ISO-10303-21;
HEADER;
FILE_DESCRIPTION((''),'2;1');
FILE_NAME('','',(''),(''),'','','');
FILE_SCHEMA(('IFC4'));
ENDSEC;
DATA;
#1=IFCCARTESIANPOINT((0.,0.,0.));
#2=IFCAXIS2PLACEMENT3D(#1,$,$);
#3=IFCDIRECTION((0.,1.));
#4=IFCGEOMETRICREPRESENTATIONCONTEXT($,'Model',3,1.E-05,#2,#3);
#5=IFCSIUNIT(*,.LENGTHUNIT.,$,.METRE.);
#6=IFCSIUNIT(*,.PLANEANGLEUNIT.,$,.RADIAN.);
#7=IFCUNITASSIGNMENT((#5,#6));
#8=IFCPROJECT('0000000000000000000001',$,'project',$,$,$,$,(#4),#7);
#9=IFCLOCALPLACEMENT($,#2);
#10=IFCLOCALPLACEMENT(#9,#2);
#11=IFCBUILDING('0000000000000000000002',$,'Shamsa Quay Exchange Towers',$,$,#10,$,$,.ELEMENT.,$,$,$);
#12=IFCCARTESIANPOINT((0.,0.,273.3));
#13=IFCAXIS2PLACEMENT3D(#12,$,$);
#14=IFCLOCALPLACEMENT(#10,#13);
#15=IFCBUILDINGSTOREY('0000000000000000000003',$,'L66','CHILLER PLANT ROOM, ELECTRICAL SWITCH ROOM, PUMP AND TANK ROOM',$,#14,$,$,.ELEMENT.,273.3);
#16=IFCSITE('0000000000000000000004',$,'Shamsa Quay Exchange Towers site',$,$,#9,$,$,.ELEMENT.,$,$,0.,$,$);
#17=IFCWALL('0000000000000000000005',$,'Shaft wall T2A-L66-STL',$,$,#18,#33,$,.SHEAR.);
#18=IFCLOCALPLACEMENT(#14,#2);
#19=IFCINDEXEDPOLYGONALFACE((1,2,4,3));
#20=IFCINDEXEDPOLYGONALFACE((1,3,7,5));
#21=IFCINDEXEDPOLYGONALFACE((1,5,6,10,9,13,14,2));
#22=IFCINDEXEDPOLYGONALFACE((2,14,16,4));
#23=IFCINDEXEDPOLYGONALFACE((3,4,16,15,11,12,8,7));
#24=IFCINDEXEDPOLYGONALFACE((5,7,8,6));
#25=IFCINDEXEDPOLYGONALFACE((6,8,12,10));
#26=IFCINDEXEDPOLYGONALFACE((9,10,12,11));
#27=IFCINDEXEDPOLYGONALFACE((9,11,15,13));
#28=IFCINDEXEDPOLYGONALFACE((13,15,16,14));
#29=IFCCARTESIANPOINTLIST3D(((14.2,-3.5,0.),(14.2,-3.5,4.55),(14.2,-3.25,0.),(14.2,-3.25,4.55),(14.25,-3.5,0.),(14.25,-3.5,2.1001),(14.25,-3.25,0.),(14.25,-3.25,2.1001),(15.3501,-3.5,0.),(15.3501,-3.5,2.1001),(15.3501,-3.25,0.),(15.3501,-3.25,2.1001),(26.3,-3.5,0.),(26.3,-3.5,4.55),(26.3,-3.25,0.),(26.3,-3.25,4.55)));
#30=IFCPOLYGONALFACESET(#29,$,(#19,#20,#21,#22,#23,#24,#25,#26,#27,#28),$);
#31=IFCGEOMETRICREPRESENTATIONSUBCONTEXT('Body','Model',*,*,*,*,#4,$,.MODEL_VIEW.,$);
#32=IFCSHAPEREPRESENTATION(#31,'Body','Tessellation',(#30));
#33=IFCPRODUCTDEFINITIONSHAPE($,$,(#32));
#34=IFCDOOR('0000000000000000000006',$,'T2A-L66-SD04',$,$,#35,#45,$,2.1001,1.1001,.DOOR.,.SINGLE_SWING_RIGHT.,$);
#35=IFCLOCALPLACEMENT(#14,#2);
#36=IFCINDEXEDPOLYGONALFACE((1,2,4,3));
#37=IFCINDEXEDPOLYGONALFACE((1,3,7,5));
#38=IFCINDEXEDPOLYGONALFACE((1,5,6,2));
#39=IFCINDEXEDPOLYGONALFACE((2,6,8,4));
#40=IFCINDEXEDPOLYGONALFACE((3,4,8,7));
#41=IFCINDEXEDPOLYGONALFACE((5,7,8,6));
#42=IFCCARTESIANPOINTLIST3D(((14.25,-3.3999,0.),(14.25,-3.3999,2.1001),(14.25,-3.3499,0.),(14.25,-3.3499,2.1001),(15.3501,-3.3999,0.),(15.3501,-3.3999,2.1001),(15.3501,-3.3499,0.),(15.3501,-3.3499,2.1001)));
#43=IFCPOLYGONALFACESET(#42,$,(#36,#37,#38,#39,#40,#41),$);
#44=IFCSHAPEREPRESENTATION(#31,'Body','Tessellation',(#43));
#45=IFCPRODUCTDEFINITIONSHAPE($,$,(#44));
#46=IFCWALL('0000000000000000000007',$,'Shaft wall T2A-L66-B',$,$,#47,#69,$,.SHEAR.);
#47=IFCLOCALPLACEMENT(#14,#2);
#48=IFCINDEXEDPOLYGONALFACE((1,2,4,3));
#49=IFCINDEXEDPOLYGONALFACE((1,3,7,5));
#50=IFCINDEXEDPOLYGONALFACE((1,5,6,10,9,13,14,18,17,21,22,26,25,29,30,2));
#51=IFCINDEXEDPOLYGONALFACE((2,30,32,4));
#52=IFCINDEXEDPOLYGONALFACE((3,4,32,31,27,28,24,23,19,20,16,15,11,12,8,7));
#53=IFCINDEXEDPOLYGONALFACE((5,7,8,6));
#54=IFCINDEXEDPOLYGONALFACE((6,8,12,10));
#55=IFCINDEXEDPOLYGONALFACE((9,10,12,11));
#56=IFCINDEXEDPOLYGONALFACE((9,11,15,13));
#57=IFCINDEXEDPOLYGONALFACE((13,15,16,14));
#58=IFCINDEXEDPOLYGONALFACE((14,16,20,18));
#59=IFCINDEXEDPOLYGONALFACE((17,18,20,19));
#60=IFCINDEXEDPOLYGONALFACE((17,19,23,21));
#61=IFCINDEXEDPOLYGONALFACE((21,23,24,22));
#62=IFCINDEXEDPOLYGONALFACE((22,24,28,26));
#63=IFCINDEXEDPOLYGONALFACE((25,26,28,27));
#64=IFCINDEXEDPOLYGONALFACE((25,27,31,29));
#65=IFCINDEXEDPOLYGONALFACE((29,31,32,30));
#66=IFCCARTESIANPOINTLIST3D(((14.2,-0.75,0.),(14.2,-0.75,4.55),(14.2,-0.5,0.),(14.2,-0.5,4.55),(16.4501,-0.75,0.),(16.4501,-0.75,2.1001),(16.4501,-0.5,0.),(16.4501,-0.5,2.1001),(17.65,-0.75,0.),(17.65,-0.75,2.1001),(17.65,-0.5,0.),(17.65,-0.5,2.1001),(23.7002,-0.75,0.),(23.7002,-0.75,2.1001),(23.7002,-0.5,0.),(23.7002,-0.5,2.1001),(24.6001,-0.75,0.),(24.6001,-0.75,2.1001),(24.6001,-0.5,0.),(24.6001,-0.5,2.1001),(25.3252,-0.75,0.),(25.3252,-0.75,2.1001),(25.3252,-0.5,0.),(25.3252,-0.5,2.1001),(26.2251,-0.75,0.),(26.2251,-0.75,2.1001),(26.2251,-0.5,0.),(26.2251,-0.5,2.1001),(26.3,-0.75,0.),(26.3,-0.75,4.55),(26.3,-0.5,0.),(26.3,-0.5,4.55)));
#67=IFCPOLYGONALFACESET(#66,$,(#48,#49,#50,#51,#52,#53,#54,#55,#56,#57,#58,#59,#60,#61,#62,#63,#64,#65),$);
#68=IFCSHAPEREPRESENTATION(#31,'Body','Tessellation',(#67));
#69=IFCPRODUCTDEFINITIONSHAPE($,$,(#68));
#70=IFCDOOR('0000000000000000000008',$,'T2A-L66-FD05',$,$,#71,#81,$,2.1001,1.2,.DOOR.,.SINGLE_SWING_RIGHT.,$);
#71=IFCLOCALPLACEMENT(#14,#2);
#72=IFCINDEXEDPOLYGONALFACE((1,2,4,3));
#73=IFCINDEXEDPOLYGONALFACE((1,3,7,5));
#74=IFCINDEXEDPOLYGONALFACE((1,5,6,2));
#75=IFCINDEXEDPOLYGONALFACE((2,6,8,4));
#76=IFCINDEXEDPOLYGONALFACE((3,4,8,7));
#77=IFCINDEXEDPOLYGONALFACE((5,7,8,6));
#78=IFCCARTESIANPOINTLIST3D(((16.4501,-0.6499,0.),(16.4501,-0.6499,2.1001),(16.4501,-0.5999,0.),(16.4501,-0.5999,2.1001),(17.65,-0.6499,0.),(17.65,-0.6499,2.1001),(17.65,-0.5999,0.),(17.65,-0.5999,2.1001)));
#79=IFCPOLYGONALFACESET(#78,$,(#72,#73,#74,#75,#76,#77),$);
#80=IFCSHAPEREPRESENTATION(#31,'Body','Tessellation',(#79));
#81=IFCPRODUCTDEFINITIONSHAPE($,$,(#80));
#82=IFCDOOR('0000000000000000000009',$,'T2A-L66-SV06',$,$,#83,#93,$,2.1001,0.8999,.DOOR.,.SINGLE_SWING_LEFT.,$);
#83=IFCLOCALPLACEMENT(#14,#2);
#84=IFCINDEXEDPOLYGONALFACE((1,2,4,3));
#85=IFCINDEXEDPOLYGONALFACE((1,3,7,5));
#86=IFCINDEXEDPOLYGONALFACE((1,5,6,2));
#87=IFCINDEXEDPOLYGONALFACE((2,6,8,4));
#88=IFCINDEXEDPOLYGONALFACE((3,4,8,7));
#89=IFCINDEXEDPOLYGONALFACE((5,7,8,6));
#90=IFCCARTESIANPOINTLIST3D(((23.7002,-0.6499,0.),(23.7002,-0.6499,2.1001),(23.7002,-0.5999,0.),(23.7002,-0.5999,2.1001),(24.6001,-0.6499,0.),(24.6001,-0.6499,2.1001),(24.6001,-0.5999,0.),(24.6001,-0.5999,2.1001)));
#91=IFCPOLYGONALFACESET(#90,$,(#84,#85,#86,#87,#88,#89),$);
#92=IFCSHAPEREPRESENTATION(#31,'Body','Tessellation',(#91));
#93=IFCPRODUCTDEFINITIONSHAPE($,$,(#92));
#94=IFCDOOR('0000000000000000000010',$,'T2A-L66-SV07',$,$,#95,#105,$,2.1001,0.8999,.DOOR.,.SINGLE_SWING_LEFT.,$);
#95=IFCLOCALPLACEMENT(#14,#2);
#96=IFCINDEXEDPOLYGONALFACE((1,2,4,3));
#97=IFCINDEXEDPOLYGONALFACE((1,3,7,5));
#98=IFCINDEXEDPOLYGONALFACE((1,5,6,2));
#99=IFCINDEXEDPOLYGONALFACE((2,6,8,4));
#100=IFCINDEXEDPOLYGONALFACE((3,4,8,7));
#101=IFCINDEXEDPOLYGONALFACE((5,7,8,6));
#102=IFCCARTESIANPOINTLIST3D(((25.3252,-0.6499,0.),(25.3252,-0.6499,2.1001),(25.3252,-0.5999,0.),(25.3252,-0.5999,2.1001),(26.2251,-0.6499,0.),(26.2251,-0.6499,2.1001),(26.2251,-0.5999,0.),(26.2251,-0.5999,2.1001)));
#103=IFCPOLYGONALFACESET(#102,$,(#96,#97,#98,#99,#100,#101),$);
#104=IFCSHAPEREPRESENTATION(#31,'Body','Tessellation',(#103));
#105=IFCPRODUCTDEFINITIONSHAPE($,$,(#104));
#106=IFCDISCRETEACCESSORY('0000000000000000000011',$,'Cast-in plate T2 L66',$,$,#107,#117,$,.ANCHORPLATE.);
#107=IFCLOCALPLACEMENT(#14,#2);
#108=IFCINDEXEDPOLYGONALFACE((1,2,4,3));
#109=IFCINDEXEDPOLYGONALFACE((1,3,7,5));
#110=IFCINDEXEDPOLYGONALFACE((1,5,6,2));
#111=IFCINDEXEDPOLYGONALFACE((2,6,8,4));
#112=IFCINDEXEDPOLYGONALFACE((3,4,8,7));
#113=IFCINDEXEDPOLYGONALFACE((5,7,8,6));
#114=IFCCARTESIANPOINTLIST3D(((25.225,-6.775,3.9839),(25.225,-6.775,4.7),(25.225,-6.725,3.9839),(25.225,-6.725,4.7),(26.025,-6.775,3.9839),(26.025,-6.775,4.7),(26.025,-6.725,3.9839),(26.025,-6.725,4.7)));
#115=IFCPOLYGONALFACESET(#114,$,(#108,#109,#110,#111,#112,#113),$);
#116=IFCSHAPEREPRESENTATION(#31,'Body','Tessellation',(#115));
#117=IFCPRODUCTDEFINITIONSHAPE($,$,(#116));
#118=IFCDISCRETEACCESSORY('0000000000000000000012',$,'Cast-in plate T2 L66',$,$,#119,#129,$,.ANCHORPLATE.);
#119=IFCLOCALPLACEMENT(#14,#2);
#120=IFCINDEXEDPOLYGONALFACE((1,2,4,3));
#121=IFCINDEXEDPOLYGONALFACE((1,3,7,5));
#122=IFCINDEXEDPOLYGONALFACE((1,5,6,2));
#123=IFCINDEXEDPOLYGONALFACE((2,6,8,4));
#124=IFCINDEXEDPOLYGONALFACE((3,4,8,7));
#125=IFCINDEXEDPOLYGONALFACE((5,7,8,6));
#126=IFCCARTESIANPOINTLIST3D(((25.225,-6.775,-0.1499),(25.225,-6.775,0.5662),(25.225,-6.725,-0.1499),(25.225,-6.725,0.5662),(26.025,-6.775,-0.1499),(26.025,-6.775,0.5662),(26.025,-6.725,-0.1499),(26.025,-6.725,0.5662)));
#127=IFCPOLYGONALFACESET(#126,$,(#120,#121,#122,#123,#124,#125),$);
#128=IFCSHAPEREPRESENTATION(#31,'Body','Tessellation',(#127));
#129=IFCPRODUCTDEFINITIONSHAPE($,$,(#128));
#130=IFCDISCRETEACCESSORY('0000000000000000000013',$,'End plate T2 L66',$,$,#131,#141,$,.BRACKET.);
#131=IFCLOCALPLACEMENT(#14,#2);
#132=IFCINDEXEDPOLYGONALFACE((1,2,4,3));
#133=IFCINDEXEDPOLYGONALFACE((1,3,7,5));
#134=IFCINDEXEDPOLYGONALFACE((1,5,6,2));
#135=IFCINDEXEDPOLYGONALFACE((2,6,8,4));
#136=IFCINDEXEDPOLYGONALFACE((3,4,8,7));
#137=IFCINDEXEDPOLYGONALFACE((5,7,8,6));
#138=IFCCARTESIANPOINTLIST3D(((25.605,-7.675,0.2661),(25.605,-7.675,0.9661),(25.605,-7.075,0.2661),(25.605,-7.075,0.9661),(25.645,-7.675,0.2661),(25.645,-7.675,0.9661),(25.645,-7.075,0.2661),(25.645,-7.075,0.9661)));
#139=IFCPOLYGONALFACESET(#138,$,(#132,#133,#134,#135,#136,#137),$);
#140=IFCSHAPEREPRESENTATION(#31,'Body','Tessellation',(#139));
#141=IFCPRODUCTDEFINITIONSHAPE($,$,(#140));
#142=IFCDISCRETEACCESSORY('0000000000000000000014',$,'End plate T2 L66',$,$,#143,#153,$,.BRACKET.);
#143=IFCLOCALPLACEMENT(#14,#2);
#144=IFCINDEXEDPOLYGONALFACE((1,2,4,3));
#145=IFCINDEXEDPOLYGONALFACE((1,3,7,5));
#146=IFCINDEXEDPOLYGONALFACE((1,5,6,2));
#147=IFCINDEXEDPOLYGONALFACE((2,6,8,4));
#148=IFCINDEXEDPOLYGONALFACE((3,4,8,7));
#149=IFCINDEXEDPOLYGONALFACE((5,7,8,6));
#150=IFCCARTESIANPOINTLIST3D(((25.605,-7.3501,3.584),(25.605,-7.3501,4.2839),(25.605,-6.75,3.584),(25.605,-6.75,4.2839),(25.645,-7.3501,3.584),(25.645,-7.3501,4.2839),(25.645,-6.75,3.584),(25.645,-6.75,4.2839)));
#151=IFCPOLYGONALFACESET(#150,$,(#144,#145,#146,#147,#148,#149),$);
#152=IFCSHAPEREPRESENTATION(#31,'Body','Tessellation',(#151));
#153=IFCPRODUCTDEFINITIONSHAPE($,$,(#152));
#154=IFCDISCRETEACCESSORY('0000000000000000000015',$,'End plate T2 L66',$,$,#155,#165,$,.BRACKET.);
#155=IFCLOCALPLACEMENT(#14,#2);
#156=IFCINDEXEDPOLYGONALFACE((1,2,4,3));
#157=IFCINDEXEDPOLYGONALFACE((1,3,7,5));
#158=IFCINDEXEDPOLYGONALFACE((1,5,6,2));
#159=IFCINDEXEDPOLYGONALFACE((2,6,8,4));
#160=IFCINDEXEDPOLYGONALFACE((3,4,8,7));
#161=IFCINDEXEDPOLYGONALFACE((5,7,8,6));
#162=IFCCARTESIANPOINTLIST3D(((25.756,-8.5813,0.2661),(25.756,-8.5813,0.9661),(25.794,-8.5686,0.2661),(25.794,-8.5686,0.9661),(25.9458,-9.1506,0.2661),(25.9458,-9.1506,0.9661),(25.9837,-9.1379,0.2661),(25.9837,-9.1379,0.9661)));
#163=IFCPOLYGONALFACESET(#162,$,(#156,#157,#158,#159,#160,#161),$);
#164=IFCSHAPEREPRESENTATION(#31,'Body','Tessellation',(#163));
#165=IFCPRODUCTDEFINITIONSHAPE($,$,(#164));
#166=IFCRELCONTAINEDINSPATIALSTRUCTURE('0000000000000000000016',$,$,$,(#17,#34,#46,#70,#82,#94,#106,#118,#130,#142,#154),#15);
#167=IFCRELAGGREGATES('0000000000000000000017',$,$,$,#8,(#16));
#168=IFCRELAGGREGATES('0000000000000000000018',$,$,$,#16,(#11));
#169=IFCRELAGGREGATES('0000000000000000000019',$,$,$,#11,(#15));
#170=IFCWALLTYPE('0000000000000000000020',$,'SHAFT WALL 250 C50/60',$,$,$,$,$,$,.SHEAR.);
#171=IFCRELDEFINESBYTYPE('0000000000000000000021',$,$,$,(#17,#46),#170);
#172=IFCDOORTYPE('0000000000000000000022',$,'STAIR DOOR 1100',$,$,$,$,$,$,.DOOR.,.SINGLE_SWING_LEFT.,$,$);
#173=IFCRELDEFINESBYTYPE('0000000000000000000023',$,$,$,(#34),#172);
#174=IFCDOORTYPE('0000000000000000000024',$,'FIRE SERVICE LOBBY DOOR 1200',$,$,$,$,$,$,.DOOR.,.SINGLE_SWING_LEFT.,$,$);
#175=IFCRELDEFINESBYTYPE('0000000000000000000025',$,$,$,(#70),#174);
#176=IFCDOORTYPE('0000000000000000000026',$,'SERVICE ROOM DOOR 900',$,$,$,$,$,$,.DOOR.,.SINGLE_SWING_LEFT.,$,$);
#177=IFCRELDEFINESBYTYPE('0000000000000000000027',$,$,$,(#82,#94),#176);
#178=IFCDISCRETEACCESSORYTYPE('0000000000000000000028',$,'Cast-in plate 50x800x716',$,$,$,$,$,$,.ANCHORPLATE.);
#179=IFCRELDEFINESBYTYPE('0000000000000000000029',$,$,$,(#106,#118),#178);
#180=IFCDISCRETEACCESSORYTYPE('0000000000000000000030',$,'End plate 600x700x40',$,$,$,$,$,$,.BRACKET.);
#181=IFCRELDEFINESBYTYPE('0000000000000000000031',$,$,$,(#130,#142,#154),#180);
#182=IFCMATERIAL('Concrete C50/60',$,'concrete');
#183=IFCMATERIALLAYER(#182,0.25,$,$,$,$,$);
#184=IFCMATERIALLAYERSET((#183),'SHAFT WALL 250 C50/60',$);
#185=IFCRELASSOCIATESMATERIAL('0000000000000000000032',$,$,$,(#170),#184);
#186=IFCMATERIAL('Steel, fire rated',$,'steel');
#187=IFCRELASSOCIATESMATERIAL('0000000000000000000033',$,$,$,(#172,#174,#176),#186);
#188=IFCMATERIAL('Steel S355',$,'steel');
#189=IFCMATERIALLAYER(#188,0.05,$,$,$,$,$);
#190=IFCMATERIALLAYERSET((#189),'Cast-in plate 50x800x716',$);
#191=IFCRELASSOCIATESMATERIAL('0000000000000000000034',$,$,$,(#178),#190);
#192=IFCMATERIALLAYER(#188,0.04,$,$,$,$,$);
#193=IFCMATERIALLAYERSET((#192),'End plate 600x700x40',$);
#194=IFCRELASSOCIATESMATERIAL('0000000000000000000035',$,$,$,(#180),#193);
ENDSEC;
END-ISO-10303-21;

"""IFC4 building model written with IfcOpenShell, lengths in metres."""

from ifc_helpers import new_model, si_unit, direction, frame, frame_2d, origin, origin_2d, place, context, subcontext, project, spatial, rectangle, extrude, material, layer, layer_set, type_object, element, fill, save


model = new_model("IFC4")

# Units and contexts
model_context = context("Model", 3, precision=1e-05, world=origin(), true_north=direction((0.0, 1.0)))
body_context = subcontext(model_context, "Body", "Model", "MODEL_VIEW")
ifc_project = project(units=[si_unit("LENGTHUNIT", "METRE"), si_unit("PLANEANGLEUNIT", "RADIAN")], contexts=[model_context])

# Site, building, storey
site_placement = place(None, origin())
site = spatial("IfcSite", under=ifc_project, at=site_placement, Name="Shamsa Quay Exchange Towers site", CompositionType="ELEMENT", RefElevation=0.0)
building_placement = place(site_placement, origin())
building = spatial("IfcBuilding", under=site, at=building_placement, Name="Shamsa Quay Exchange Towers", CompositionType="ELEMENT")
storey_placement = place(building_placement, frame((0.0, 0.0, 273.3)))
storey = spatial("IfcBuildingStorey", under=building, at=storey_placement, Name="L66", Description="CHILLER PLANT ROOM, ELECTRICAL SWITCH ROOM, PUMP AND TANK ROOM", CompositionType="ELEMENT", Elevation=273.3)

# Shared definitions
ifc_material_1 = material(Name="Steel S355", Category="steel")

# Wall, opening, door
ifc_material_2 = material(Name="Concrete C50/60", Category="concrete")
ifc_layer_1 = layer(ifc_material_2, 0.25)
ifc_layer_set_1 = layer_set([ifc_layer_1], Name="SHAFT WALL 250 C50/60")
wall_type_1 = type_object("IfcWallType", Name="SHAFT WALL 250 C50/60", PredefinedType="SHEAR", material=ifc_layer_set_1)
wall_1_placement = place(storey_placement, frame((26.3, -3.375, 0.0), z_axis=(0.0, 0.0, 1.0), x_axis=(-1.0, 0.0, 0.0)))
wall_1 = element("IfcWall", 1, at=wall_1_placement, inside=storey, type_object=wall_type_1, Name="Shaft wall T2A-L66-STL", PredefinedType="SHEAR", context=body_context, shape_type="SweptSolid", body=[
    extrude(rectangle(XDim=12.1001, YDim=0.25, at=frame_2d((6.05, 0.0))), origin(), (0.0, 0.0, 1.0), 4.55),
])
opening_1_placement = place(wall_1_placement, frame((10.95, 0.0, 0.0)))
opening_1 = element("IfcOpeningElement", 2, at=opening_1_placement, cuts=wall_1, PredefinedType="OPENING", context=body_context, shape_type="SweptSolid", body=[
    extrude(rectangle(XDim=1.1001, YDim=2.1001, at=frame_2d((0.55, 1.05))), frame((0.0, 0.135, 0.0), z_axis=(0.0, -1.0, 0.0), x_axis=(1.0, 0.0, 0.0)), (0.0, 0.0, 1.0), 0.27),
])
ifc_material_3 = material(Name="Steel, fire rated", Category="steel")
door_type_1 = type_object("IfcDoorType", Name="STAIR DOOR 1100", OperationType="SINGLE_SWING_LEFT", PredefinedType="DOOR", material=ifc_material_3)
door_1_placement = place(opening_1_placement, origin())
door_1 = element("IfcDoor", 3, at=door_1_placement, inside=storey, type_object=door_type_1, Name="T2A-L66-SD04", OperationType="SINGLE_SWING_RIGHT", OverallHeight=2.1001, OverallWidth=1.1001, PredefinedType="DOOR", context=body_context, shape_type="SweptSolid", body=[
    extrude(rectangle(XDim=1.1001, YDim=2.1001, at=frame_2d((0.55, 1.05))), frame((0.0, 0.0249, 0.0), z_axis=(0.0, -1.0, 0.0), x_axis=(1.0, 0.0, 0.0)), (0.0, 0.0, 1.0), 0.05),
])
fill(opening_1, door_1)

# Wall, openings, doors
wall_2_placement = place(storey_placement, frame((26.3, -0.625, 0.0), z_axis=(0.0, 0.0, 1.0), x_axis=(-1.0, 0.0, 0.0)))
wall_2 = element("IfcWall", 4, at=wall_2_placement, inside=storey, type_object=wall_type_1, Name="Shaft wall T2A-L66-B", PredefinedType="SHEAR", context=body_context, shape_type="SweptSolid", body=[
    extrude(rectangle(XDim=12.1001, YDim=0.25, at=frame_2d((6.05, 0.0))), origin(), (0.0, 0.0, 1.0), 4.55),
])
opening_2_placement = place(wall_2_placement, frame((8.6499, 0.0, 0.0)))
opening_2 = element("IfcOpeningElement", 5, at=opening_2_placement, cuts=wall_2, PredefinedType="OPENING", context=body_context, shape_type="SweptSolid", body=[
    extrude(rectangle(XDim=1.2, YDim=2.1001, at=frame_2d((0.6001, 1.05))), frame((0.0, 0.135, 0.0), z_axis=(0.0, -1.0, 0.0), x_axis=(1.0, 0.0, 0.0)), (0.0, 0.0, 1.0), 0.27),
])
opening_3_placement = place(wall_2_placement, frame((1.7, 0.0, 0.0)))
opening_3 = element("IfcOpeningElement", 6, at=opening_3_placement, cuts=wall_2, PredefinedType="OPENING", context=body_context, shape_type="SweptSolid", body=[
    extrude(rectangle(XDim=0.8999, YDim=2.1001, at=frame_2d((0.45, 1.05))), frame((0.0, 0.135, 0.0), z_axis=(0.0, -1.0, 0.0), x_axis=(1.0, 0.0, 0.0)), (0.0, 0.0, 1.0), 0.27),
])
opening_4_placement = place(wall_2_placement, frame((0.075, 0.0, 0.0)))
opening_4 = element("IfcOpeningElement", 7, at=opening_4_placement, cuts=wall_2, PredefinedType="OPENING", context=body_context, shape_type="SweptSolid", body=[
    extrude(rectangle(XDim=0.8999, YDim=2.1001, at=frame_2d((0.45, 1.05))), frame((0.0, 0.135, 0.0), z_axis=(0.0, -1.0, 0.0), x_axis=(1.0, 0.0, 0.0)), (0.0, 0.0, 1.0), 0.27),
])
door_type_2 = type_object("IfcDoorType", Name="FIRE SERVICE LOBBY DOOR 1200", OperationType="SINGLE_SWING_LEFT", PredefinedType="DOOR", material=ifc_material_3)
door_2_placement = place(opening_2_placement, origin())
door_2 = element("IfcDoor", 8, at=door_2_placement, inside=storey, type_object=door_type_2, Name="T2A-L66-FD05", OperationType="SINGLE_SWING_RIGHT", OverallHeight=2.1001, OverallWidth=1.2, PredefinedType="DOOR", context=body_context, shape_type="SweptSolid", body=[
    extrude(rectangle(XDim=1.2, YDim=2.1001, at=frame_2d((0.6001, 1.05))), frame((0.0, 0.0249, 0.0), z_axis=(0.0, -1.0, 0.0), x_axis=(1.0, 0.0, 0.0)), (0.0, 0.0, 1.0), 0.05),
])
fill(opening_2, door_2)
door_type_3 = type_object("IfcDoorType", Name="SERVICE ROOM DOOR 900", OperationType="SINGLE_SWING_LEFT", PredefinedType="DOOR", material=ifc_material_3)
door_3_placement = place(opening_3_placement, origin())
door_3 = element("IfcDoor", 9, at=door_3_placement, inside=storey, type_object=door_type_3, Name="T2A-L66-SV06", OperationType="SINGLE_SWING_LEFT", OverallHeight=2.1001, OverallWidth=0.8999, PredefinedType="DOOR", context=body_context, shape_type="SweptSolid", body=[
    extrude(rectangle(XDim=0.8999, YDim=2.1001, at=frame_2d((0.45, 1.05))), frame((0.0, 0.0249, 0.0), z_axis=(0.0, -1.0, 0.0), x_axis=(1.0, 0.0, 0.0)), (0.0, 0.0, 1.0), 0.05),
])
fill(opening_3, door_3)
door_4_placement = place(opening_4_placement, origin())
door_4 = element("IfcDoor", 10, at=door_4_placement, inside=storey, type_object=door_type_3, Name="T2A-L66-SV07", OperationType="SINGLE_SWING_LEFT", OverallHeight=2.1001, OverallWidth=0.8999, PredefinedType="DOOR", context=body_context, shape_type="SweptSolid", body=[
    extrude(rectangle(XDim=0.8999, YDim=2.1001, at=frame_2d((0.45, 1.05))), frame((0.0, 0.0249, 0.0), z_axis=(0.0, -1.0, 0.0), x_axis=(1.0, 0.0, 0.0)), (0.0, 0.0, 1.0), 0.05),
])
fill(opening_4, door_4)

# Discrete accessories
ifc_layer_2 = layer(ifc_material_1, 0.05)
ifc_layer_set_2 = layer_set([ifc_layer_2], Name="Cast-in plate 50x800x716")
discrete_accessory_type_1 = type_object("IfcDiscreteAccessoryType", Name="Cast-in plate 50x800x716", PredefinedType="ANCHORPLATE", material=ifc_layer_set_2)
for number, where, z_axis, x_axis, name in (
    (11, (25.625, -6.75, 3.9839), (0.0, 0.0, 1.0), (0.0, 1.0, 0.0), "Cast-in plate T2 L66"),
    (12, (25.625, -6.75, -0.1499), (0.0, 0.0, 1.0), (0.0, 1.0, 0.0), "Cast-in plate T2 L66"),
):
    element("IfcDiscreteAccessory", number, at=place(storey_placement, frame(where, z_axis=z_axis, x_axis=x_axis)), inside=storey, type_object=discrete_accessory_type_1, Name=name, PredefinedType="ANCHORPLATE", context=body_context, shape_type="SweptSolid", body=[
        extrude(rectangle(XDim=0.05, YDim=0.8, at=origin_2d()), origin(), (0.0, 0.0, 1.0), 0.7161),
    ])
ifc_layer_3 = layer(ifc_material_1, 0.04)
ifc_layer_set_3 = layer_set([ifc_layer_3], Name="End plate 600x700x40")
discrete_accessory_type_2 = type_object("IfcDiscreteAccessoryType", Name="End plate 600x700x40", PredefinedType="BRACKET", material=ifc_layer_set_3)
for number, where, z_axis, x_axis, name in (
    (13, (25.625, -7.375, 0.2661), (0.0, 0.0, 1.0), (0.0, 1.0, 0.0), "End plate T2 L66"),
    (14, (25.625, -7.05, 3.584), (0.0, 0.0, 1.0), (0.0, 1.0, 0.0), "End plate T2 L66"),
    (15, (25.8699, -8.8596, 0.2661), (0.0, 0.0, 1.0), (0.316228, -0.948683, 0.0), "End plate T2 L66"),
):
    element("IfcDiscreteAccessory", number, at=place(storey_placement, frame(where, z_axis=z_axis, x_axis=x_axis)), inside=storey, type_object=discrete_accessory_type_2, Name=name, PredefinedType="BRACKET", context=body_context, shape_type="SweptSolid", body=[
        extrude(rectangle(XDim=0.6001, YDim=0.04, at=origin_2d()), origin(), (0.0, 0.0, 1.0), 0.7),
    ])

save(model, "model.ifc")
